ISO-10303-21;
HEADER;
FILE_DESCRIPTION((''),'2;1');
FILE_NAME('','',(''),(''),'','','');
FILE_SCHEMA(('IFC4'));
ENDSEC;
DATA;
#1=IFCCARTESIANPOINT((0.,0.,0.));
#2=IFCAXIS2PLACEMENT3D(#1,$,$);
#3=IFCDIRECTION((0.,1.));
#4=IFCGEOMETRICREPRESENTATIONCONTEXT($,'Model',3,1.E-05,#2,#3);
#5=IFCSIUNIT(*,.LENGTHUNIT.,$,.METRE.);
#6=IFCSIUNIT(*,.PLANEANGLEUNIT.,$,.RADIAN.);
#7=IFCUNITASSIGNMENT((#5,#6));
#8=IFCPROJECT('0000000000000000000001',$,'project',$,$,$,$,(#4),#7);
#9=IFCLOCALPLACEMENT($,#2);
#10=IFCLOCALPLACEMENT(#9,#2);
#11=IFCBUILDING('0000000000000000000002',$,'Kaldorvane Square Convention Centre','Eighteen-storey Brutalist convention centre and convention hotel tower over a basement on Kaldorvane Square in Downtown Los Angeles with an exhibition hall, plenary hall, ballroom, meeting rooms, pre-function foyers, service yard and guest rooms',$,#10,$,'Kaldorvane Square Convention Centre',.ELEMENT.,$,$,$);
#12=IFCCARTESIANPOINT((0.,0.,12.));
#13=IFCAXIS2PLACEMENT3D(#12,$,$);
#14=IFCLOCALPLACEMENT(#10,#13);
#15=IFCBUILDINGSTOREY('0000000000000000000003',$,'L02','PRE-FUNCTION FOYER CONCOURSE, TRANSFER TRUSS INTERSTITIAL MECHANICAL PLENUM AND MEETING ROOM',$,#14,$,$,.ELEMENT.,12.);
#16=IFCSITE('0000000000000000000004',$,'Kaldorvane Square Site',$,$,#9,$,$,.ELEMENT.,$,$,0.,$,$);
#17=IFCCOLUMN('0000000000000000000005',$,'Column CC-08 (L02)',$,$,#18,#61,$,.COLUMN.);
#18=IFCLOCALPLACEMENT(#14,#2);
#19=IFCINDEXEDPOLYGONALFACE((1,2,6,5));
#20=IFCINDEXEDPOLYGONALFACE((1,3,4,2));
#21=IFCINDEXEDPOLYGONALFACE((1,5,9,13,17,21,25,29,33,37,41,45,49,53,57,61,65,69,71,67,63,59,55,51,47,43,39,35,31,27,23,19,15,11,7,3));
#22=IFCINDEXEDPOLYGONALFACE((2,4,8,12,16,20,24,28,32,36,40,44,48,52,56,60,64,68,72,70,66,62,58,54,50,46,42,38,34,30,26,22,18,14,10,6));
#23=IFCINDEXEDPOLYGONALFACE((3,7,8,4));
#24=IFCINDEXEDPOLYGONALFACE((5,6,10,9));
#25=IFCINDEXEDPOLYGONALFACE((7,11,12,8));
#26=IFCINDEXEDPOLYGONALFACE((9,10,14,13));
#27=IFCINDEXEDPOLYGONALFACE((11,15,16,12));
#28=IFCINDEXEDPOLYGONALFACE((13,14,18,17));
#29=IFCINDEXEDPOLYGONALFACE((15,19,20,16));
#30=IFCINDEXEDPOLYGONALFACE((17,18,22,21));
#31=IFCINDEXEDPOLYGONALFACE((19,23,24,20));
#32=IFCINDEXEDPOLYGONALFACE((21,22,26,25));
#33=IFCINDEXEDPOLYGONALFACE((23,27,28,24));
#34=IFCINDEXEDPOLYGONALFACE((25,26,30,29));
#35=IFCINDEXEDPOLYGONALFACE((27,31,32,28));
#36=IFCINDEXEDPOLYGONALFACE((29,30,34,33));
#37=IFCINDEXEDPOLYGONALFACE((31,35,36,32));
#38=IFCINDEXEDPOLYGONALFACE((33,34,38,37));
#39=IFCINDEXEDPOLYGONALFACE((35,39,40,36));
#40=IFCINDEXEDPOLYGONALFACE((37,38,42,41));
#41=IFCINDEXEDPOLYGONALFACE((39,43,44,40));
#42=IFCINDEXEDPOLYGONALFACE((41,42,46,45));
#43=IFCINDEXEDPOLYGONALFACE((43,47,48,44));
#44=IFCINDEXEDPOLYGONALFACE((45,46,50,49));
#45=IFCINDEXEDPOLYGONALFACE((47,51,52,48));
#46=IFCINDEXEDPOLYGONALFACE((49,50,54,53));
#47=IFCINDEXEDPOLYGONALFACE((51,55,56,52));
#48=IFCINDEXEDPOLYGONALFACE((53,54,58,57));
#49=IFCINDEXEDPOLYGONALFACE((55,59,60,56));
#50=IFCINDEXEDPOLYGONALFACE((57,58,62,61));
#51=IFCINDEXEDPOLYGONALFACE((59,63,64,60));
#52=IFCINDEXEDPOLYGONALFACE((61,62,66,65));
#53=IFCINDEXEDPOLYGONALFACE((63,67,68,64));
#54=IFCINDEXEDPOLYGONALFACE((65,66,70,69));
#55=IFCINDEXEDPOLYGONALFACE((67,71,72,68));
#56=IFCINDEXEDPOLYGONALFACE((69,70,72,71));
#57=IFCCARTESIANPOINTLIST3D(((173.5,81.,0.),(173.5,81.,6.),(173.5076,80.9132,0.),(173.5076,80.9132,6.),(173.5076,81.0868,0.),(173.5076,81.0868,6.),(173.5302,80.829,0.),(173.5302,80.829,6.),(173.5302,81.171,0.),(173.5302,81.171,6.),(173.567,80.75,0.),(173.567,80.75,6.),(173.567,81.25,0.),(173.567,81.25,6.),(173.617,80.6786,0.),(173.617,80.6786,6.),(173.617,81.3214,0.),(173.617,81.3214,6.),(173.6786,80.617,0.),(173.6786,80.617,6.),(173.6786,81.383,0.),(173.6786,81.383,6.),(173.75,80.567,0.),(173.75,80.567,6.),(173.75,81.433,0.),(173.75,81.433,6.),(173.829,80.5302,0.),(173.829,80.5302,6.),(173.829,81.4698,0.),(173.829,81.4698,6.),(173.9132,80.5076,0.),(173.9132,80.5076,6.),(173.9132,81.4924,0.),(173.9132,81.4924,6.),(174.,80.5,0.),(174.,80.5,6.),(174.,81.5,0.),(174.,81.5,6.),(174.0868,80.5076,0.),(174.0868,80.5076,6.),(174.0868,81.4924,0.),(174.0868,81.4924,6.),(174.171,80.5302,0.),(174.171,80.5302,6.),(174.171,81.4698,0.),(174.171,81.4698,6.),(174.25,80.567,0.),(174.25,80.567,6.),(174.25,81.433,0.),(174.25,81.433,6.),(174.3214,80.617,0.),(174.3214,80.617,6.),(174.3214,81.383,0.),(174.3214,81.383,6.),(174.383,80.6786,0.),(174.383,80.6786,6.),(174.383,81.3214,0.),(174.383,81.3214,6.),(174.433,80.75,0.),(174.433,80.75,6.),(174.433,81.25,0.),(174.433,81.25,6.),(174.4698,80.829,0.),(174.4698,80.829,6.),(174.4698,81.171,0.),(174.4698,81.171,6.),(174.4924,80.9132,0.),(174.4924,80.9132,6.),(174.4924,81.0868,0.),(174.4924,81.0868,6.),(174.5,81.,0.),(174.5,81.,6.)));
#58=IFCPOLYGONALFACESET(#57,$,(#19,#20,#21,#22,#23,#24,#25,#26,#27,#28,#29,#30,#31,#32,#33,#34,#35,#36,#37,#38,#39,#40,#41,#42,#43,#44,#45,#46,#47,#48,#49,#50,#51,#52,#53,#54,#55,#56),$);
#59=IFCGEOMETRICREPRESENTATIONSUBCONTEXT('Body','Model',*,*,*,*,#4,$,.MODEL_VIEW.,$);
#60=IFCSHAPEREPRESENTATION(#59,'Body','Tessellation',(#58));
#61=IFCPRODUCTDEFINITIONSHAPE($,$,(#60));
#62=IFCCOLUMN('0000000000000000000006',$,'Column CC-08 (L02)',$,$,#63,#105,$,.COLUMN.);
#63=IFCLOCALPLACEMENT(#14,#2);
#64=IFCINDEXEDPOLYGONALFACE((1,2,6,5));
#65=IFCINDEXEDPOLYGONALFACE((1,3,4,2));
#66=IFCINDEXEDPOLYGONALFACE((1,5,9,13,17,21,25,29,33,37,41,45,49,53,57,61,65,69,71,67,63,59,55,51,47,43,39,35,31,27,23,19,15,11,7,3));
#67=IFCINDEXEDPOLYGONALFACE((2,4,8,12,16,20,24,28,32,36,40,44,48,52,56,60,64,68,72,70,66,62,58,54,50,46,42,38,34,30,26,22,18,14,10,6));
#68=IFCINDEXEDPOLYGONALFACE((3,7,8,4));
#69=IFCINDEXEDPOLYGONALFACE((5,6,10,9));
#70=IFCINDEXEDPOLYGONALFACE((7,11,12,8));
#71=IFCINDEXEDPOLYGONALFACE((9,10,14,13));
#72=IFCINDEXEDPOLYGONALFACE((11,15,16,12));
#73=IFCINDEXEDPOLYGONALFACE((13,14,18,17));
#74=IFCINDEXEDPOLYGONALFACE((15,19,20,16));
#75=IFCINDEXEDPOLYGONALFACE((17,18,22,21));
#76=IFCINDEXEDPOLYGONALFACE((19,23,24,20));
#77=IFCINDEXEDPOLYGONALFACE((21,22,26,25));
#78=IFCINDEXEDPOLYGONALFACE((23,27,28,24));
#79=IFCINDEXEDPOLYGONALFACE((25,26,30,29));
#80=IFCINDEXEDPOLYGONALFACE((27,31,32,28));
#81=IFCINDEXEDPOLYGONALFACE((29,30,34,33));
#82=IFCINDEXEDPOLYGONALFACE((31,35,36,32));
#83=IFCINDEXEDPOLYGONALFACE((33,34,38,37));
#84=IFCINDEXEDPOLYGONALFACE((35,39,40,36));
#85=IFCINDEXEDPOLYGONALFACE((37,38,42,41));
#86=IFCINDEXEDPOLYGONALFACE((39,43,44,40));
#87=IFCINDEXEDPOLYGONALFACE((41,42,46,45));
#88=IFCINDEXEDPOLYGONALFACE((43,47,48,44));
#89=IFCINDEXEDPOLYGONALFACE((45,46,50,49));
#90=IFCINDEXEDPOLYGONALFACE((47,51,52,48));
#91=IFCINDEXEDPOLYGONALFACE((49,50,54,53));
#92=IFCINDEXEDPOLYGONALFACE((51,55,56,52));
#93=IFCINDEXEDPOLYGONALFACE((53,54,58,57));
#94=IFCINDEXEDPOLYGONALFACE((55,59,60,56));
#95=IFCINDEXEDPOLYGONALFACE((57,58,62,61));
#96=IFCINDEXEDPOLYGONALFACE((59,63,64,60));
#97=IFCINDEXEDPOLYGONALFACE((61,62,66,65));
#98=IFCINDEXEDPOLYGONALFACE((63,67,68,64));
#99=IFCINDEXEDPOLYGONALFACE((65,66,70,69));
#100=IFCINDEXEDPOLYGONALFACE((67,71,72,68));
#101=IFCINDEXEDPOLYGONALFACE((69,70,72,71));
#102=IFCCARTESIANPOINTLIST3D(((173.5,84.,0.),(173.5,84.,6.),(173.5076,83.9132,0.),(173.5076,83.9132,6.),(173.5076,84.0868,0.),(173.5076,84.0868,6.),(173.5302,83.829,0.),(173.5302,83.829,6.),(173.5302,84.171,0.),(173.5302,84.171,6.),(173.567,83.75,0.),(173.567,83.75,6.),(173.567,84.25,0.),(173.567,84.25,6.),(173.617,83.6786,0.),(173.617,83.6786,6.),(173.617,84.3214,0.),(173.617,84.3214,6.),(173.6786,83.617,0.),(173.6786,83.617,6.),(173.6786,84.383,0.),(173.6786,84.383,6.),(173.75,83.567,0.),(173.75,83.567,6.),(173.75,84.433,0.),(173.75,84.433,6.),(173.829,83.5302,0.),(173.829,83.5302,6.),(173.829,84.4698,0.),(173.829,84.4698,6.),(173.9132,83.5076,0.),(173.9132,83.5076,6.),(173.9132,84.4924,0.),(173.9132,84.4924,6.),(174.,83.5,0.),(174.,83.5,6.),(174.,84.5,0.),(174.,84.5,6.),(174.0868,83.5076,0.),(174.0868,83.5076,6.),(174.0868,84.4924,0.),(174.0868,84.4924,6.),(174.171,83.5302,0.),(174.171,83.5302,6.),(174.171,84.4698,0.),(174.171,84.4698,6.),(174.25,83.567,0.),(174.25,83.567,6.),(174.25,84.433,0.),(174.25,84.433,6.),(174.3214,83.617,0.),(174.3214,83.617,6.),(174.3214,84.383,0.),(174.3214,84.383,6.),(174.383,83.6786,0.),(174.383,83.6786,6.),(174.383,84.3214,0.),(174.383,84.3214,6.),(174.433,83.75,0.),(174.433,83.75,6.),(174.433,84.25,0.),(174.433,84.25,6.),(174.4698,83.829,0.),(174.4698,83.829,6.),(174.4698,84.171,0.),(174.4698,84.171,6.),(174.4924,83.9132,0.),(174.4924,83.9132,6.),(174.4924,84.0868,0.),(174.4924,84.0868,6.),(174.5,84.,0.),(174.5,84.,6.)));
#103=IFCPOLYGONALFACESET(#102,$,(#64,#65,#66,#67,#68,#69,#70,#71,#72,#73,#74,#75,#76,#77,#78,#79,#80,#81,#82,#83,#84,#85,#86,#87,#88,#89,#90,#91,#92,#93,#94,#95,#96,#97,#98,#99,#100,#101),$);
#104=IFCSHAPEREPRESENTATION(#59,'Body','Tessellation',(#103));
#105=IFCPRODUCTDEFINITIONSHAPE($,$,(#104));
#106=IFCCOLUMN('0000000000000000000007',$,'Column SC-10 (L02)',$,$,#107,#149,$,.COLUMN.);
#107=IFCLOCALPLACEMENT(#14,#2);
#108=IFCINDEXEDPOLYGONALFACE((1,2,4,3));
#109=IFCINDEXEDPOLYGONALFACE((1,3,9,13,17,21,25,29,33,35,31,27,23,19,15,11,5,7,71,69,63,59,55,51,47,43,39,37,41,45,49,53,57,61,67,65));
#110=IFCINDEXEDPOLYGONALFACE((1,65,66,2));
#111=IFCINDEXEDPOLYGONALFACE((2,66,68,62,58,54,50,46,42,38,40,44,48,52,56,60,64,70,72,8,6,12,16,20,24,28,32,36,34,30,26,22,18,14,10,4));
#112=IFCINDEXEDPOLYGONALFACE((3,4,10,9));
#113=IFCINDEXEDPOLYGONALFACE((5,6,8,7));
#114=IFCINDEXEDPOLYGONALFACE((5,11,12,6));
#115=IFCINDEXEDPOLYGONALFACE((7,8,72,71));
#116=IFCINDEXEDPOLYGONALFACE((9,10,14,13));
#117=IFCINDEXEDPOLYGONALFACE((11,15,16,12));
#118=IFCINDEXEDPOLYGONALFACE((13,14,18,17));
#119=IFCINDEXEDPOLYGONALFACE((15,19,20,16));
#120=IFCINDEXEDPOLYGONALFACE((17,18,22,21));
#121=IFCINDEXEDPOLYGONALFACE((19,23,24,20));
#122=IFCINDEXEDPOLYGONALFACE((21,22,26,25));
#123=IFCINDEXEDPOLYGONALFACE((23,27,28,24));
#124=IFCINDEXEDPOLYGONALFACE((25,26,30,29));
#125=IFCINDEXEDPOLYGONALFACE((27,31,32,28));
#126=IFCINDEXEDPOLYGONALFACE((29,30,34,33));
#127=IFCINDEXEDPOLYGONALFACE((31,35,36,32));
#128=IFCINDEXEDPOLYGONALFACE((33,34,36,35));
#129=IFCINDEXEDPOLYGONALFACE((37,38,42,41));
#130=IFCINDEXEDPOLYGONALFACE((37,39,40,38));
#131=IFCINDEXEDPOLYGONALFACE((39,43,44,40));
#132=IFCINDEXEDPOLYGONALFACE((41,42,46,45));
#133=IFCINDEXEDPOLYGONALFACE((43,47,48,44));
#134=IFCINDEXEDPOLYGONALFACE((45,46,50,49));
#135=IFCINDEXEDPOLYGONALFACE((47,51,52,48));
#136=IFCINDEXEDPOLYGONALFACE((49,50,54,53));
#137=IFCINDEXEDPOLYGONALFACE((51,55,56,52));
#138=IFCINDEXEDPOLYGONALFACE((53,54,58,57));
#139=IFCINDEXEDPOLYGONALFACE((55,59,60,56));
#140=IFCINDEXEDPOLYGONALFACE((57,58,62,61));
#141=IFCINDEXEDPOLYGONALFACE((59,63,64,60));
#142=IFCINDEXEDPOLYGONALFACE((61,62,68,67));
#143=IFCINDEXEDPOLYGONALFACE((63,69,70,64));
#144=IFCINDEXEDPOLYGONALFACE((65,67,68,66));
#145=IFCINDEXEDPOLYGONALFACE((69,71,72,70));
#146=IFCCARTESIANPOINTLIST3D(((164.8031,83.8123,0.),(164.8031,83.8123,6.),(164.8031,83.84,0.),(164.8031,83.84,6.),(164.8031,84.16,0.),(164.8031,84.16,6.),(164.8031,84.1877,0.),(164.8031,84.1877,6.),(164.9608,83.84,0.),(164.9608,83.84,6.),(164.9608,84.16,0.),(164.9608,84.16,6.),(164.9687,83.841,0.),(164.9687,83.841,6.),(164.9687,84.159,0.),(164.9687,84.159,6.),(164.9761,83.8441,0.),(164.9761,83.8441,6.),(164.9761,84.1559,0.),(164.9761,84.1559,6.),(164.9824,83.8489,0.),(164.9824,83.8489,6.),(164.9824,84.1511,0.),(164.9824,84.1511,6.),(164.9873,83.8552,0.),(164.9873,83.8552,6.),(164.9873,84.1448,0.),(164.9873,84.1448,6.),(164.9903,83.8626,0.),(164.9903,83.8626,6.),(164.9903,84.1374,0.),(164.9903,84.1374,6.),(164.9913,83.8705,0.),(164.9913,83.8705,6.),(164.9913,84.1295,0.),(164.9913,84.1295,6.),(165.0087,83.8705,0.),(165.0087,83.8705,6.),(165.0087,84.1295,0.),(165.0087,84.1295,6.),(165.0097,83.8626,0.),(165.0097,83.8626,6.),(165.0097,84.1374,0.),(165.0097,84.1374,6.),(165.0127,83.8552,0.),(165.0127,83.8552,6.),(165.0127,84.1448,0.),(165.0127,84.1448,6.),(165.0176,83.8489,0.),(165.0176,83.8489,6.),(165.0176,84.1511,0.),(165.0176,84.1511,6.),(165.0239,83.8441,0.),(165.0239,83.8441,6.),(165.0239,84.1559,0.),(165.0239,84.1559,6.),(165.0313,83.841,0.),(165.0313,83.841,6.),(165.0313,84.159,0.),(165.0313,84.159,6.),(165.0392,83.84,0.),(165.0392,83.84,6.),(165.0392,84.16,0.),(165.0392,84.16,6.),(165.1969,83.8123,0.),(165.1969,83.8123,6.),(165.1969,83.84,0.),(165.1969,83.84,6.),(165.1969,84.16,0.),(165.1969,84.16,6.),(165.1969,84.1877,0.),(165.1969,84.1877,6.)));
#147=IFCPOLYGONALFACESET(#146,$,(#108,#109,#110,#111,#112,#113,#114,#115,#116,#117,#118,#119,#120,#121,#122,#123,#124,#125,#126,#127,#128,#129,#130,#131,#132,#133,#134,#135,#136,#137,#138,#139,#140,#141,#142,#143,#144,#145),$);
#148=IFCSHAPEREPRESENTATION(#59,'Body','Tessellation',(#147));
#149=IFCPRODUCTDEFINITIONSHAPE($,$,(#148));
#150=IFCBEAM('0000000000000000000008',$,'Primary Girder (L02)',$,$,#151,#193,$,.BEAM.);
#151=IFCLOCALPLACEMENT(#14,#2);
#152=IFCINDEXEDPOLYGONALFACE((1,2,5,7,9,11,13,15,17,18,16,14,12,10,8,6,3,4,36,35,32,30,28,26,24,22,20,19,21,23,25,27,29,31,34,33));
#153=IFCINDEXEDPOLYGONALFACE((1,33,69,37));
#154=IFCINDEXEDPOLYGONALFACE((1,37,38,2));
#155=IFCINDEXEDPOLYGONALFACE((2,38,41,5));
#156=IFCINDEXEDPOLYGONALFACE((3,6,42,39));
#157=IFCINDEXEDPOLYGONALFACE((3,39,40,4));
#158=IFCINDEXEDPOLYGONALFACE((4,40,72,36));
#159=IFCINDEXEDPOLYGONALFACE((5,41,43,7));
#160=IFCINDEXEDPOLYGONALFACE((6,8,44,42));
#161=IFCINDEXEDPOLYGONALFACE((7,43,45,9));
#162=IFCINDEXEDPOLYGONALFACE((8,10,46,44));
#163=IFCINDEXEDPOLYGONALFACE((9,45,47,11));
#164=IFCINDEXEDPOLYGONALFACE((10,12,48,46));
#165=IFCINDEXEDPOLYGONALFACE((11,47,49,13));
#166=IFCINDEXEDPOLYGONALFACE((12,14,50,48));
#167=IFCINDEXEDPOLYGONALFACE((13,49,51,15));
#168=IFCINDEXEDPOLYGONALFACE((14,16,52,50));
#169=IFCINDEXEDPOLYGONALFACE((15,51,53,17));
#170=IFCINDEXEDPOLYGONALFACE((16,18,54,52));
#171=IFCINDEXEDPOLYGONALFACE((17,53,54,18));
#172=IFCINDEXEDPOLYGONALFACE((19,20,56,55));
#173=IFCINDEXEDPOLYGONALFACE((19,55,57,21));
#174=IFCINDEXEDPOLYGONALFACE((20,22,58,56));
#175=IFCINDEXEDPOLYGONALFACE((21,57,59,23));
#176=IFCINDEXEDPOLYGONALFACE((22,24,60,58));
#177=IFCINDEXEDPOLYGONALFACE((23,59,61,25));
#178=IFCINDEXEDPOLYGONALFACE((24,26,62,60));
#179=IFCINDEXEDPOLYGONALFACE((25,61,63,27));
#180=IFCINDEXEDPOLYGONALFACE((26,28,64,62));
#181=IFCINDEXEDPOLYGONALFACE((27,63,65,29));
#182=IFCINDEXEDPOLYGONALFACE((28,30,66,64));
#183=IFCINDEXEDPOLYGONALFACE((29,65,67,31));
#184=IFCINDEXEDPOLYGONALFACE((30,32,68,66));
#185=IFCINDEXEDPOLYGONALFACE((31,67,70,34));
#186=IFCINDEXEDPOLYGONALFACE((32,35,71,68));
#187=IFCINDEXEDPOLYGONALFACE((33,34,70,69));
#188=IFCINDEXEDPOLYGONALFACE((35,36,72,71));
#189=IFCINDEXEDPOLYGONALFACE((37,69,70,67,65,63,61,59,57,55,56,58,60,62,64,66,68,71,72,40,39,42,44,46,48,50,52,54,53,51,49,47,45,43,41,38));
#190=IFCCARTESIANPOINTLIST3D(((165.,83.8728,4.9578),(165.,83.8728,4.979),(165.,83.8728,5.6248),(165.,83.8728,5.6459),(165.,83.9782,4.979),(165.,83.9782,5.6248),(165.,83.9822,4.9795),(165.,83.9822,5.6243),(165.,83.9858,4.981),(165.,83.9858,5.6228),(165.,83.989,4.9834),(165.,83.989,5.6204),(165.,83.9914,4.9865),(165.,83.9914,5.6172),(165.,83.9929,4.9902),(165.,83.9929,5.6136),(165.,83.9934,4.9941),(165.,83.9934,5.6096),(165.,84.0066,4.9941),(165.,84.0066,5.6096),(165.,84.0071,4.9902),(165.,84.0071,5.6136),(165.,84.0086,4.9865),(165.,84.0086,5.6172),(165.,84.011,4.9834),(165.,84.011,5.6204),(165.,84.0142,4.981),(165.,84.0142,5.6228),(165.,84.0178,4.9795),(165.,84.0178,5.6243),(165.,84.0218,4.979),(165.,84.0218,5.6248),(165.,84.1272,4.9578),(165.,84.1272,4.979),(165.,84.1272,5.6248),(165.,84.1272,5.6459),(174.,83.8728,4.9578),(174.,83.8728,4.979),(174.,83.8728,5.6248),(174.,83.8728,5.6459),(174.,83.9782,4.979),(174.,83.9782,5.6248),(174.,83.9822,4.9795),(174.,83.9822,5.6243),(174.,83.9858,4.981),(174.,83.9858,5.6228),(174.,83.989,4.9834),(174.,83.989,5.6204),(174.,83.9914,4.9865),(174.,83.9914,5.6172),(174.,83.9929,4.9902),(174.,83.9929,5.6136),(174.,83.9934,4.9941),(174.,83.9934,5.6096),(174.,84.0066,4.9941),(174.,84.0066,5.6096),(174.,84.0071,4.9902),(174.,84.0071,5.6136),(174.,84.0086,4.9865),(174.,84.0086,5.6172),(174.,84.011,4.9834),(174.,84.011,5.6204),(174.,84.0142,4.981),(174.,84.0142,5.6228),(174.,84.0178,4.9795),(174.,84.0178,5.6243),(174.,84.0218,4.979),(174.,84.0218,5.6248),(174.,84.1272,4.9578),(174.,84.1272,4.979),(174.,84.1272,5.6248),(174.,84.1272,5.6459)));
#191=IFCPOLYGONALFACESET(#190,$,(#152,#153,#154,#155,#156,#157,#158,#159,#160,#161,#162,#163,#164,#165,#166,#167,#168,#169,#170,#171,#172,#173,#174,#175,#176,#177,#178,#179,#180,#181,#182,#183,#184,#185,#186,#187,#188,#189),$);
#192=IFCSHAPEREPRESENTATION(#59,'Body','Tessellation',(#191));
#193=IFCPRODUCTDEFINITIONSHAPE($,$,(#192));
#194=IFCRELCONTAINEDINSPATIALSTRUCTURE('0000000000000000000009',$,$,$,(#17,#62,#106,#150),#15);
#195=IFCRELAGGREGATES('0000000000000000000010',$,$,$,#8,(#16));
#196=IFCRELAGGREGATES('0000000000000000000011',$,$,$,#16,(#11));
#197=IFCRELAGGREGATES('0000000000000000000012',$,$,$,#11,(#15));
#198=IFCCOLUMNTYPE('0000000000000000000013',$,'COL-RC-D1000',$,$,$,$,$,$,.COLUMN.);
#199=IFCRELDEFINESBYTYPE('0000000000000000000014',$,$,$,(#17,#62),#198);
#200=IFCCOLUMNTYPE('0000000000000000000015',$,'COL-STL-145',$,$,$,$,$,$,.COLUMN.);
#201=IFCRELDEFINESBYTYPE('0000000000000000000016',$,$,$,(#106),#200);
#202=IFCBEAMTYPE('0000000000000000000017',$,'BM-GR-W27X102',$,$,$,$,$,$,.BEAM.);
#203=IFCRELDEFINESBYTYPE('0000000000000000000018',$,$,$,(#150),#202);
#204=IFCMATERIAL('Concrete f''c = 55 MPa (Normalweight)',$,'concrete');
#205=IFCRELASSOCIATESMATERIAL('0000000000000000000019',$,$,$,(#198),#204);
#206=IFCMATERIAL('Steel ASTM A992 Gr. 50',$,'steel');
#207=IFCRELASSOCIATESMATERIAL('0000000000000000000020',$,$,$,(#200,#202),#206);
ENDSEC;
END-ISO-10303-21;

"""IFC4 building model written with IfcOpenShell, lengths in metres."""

from ifc_helpers import new_model, si_unit, direction, frame, origin, origin_2d, place, context, subcontext, project, spatial, circle, i_section, extrude, material, material_profile, profile_set, type_object, element, save


model = new_model("IFC4")

# Units and contexts
model_context = context("Model", 3, precision=1e-05, world=origin(), true_north=direction((0.0, 1.0)))
body_context = subcontext(model_context, "Body", "Model", "MODEL_VIEW")
ifc_project = project(units=[si_unit("LENGTHUNIT", "METRE"), si_unit("PLANEANGLEUNIT", "RADIAN")], contexts=[model_context])

# Site, building, storey
site_placement = place(None, origin())
site = spatial("IfcSite", under=ifc_project, at=site_placement, Name="Kaldorvane Square Site", CompositionType="ELEMENT", RefElevation=0.0)
building_placement = place(site_placement, origin())
building = spatial("IfcBuilding", under=site, at=building_placement, Name="Kaldorvane Square Convention Centre", Description="Eighteen-storey Brutalist convention centre and convention hotel tower over a basement on Kaldorvane Square in Downtown Los Angeles with an exhibition hall, plenary hall, ballroom, meeting rooms, pre-function foyers, service yard and guest rooms", LongName="Kaldorvane Square Convention Centre", CompositionType="ELEMENT")
storey_placement = place(building_placement, frame((0.0, 0.0, 12.0)))
storey = spatial("IfcBuildingStorey", under=building, at=storey_placement, Name="L02", Description="PRE-FUNCTION FOYER CONCOURSE, TRANSFER TRUSS INTERSTITIAL MECHANICAL PLENUM AND MEETING ROOM", CompositionType="ELEMENT", Elevation=12.0)

# Columns
ifc_material_1 = material(Name="Concrete f'c = 55 MPa (Normalweight)", Category="concrete")
ifc_material_profile_1 = material_profile(ifc_material_1, circle(Radius=0.5, at=origin_2d()), Name="RC-D1000")
ifc_profile_set_1 = profile_set([ifc_material_profile_1], Name="Concrete f'c = 55 MPa (Normalweight)")
column_type_1 = type_object("IfcColumnType", Name="COL-RC-D1000", PredefinedType="COLUMN", material=ifc_profile_set_1)
for number, where, z_axis, x_axis, name in (
    (1, (174.0, 81.0, 0.0), (0.0, 0.0, 1.0), (1.0, 0.0, 0.0), "Column CC-08 (L02)"),
    (2, (174.0, 84.0, 0.0), (0.0, 0.0, 1.0), (1.0, 0.0, 0.0), "Column CC-08 (L02)"),
):
    element("IfcColumn", number, at=place(storey_placement, frame(where, z_axis=z_axis, x_axis=x_axis)), inside=storey, type_object=column_type_1, Name=name, PredefinedType="COLUMN", context=body_context, shape_type="SweptSolid", body=[
        extrude(circle(Radius=0.5, at=origin_2d()), origin(), (0.0, 0.0, 1.0), 6.0),
    ])
ifc_material_2 = material(Name="Steel ASTM A992 Gr. 50", Category="steel")
ifc_material_profile_2 = material_profile(ifc_material_2, i_section(OverallWidth=0.3937, OverallDepth=0.3754, WebThickness=0.0173, FlangeThickness=0.0277, FilletRadius=0.0305, at=origin_2d()), Name="W14X145")
ifc_profile_set_2 = profile_set([ifc_material_profile_2], Name="Steel ASTM A992 Gr. 50")
column_type_2 = type_object("IfcColumnType", Name="COL-STL-145", PredefinedType="COLUMN", material=ifc_profile_set_2)
column_placement = place(storey_placement, frame((165.0, 84.0, 0.0), z_axis=(0.0, 0.0, 1.0), x_axis=(1.0, 0.0, 0.0)))
element("IfcColumn", 3, at=column_placement, inside=storey, type_object=column_type_2, Name="Column SC-10 (L02)", PredefinedType="COLUMN", context=body_context, shape_type="SweptSolid", body=[
    extrude(i_section(OverallWidth=0.3937, OverallDepth=0.3754, WebThickness=0.0173, FlangeThickness=0.0277, FilletRadius=0.0305, at=origin_2d()), origin(), (0.0, 0.0, 1.0), 6.0),
])

# Beam
ifc_material_profile_3 = material_profile(ifc_material_2, i_section(OverallWidth=0.2544, OverallDepth=0.6881, WebThickness=0.0131, FlangeThickness=0.0211, FilletRadius=0.0152, at=origin_2d()), Name="W27X102")
ifc_profile_set_3 = profile_set([ifc_material_profile_3], Name="Steel ASTM A992 Gr. 50")
beam_type_1 = type_object("IfcBeamType", Name="BM-GR-W27X102", PredefinedType="BEAM", material=ifc_profile_set_3)
beam_1_placement = place(storey_placement, frame((165.0, 84.0, 5.3019), z_axis=(1.0, 0.0, 0.0), x_axis=(0.0, 1.0, 0.0)))
element("IfcBeam", 4, at=beam_1_placement, inside=storey, type_object=beam_type_1, Name="Primary Girder (L02)", PredefinedType="BEAM", context=body_context, shape_type="SweptSolid", body=[
    extrude(i_section(OverallWidth=0.2544, OverallDepth=0.6881, WebThickness=0.0131, FlangeThickness=0.0211, FilletRadius=0.0152, at=origin_2d()), origin(), (0.0, 0.0, 1.0), 9.0),
])

save(model, "model.ifc")
